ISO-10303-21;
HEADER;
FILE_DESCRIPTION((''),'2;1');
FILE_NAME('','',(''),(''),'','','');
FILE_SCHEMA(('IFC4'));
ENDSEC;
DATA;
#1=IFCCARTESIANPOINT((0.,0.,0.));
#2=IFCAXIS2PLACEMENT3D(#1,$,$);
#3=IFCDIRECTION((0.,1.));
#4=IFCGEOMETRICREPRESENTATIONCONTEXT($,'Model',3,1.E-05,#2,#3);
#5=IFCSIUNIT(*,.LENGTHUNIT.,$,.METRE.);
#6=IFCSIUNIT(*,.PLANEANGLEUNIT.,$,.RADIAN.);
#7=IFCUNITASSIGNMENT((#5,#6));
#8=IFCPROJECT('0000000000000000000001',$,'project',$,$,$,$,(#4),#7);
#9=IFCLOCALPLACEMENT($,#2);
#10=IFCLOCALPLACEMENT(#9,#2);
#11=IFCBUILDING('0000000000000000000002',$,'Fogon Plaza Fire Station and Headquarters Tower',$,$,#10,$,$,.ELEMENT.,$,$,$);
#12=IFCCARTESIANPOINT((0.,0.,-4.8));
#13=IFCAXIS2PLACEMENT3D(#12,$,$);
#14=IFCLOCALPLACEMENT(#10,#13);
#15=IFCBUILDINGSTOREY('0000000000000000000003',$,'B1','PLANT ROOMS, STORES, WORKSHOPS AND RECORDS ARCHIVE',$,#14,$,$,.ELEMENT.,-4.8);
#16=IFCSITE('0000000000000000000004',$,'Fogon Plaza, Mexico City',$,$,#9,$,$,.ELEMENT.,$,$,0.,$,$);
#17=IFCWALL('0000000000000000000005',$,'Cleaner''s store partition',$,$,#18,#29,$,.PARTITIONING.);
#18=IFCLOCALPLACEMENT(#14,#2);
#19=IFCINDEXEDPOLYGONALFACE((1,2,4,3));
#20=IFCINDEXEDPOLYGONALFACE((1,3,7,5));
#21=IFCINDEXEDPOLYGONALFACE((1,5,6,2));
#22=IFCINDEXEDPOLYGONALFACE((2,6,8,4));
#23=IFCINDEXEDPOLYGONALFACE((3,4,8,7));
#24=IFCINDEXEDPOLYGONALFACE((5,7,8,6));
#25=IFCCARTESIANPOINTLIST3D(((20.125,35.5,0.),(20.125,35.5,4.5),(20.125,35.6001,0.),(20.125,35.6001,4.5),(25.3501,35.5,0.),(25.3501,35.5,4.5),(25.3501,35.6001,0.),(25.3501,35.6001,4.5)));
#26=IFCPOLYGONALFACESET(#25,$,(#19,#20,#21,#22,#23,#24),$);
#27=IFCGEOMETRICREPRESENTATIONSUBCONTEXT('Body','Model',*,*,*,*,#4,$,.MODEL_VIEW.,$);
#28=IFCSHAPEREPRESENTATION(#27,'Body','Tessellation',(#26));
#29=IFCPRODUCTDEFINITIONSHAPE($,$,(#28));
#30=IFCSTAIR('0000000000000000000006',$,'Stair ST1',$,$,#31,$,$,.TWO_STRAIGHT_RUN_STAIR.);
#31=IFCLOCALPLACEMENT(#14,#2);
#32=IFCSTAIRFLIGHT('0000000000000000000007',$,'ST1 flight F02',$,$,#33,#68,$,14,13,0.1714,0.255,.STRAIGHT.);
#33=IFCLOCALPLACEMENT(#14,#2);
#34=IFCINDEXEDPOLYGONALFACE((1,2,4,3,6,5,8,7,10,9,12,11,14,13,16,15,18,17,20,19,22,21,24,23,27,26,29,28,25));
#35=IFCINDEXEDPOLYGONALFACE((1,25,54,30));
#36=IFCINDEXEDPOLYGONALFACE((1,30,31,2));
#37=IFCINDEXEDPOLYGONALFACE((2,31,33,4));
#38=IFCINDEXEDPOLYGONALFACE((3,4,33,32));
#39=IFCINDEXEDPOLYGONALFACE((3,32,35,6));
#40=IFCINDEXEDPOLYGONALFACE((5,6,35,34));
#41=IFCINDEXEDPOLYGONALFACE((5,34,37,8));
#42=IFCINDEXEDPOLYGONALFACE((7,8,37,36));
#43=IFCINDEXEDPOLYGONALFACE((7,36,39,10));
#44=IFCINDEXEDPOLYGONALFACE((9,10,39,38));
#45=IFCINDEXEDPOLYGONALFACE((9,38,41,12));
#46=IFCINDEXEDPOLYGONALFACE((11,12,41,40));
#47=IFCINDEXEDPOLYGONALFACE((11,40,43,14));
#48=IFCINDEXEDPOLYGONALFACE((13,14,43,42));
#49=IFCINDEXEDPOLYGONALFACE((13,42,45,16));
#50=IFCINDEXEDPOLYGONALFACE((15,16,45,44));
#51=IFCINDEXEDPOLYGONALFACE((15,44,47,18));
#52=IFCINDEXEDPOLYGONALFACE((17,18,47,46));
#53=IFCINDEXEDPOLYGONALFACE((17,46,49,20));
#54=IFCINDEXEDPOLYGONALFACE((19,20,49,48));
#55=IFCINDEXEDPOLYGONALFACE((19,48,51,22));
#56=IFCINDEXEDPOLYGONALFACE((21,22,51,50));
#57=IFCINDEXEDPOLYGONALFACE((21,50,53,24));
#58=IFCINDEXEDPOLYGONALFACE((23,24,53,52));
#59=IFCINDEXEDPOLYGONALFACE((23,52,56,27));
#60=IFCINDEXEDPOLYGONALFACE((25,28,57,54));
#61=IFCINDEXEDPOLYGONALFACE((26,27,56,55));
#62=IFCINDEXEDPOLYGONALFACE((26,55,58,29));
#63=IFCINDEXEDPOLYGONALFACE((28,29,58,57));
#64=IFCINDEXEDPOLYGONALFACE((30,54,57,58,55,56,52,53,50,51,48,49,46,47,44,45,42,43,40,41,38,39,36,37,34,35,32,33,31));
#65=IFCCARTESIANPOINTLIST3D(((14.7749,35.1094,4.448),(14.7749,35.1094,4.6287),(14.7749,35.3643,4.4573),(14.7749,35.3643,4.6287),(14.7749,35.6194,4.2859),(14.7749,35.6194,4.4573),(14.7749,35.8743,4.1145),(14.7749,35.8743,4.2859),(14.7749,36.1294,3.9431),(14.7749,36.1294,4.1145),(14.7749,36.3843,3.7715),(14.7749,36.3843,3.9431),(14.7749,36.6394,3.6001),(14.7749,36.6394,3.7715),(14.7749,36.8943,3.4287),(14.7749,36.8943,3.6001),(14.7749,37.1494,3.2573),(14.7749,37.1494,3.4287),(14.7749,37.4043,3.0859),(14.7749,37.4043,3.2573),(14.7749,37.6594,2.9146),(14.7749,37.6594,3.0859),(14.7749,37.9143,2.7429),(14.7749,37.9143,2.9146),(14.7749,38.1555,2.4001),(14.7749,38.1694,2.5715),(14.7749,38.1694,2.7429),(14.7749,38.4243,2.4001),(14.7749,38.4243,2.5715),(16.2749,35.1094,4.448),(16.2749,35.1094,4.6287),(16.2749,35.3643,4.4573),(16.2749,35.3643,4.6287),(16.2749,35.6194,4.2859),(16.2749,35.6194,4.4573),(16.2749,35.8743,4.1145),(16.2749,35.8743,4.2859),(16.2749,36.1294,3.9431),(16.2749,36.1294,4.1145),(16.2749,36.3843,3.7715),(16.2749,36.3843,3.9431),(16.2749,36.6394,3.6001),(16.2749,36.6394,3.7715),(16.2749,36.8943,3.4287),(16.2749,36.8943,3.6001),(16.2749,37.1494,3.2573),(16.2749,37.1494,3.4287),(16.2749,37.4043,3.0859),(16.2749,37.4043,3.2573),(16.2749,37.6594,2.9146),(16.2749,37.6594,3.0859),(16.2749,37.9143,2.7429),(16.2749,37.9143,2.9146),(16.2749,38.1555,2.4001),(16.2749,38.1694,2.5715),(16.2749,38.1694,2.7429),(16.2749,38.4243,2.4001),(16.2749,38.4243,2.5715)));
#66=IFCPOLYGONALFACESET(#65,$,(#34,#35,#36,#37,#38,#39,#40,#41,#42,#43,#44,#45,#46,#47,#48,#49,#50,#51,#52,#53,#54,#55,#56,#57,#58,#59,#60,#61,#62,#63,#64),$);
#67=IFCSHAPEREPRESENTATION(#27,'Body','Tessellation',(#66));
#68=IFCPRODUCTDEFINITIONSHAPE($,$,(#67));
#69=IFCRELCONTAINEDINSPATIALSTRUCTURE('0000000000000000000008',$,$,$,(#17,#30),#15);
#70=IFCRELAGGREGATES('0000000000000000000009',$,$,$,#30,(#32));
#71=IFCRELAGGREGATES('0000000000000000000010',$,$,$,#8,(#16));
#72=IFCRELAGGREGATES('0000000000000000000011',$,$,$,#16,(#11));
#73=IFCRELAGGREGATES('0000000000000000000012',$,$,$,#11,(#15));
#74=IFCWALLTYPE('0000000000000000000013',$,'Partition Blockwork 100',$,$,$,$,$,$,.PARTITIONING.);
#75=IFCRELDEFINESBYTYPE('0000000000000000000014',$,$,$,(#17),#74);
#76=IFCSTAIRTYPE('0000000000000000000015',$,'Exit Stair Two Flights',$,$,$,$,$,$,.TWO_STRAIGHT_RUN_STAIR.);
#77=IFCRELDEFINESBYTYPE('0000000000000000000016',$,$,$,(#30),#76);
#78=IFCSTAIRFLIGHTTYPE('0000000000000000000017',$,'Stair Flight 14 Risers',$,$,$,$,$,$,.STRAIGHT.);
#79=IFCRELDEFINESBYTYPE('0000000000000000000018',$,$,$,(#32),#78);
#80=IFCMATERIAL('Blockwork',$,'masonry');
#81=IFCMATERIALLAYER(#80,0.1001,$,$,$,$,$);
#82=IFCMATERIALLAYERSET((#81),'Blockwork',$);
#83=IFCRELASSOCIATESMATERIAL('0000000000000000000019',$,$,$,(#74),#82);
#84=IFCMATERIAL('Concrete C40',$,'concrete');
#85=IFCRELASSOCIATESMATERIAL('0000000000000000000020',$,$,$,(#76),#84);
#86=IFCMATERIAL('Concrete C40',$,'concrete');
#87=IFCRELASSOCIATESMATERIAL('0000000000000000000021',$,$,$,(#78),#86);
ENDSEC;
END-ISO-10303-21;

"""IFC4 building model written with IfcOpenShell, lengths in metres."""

from ifc_helpers import new_model, si_unit, direction, frame, frame_2d, origin, place, context, subcontext, project, spatial, polyline, rectangle, outline, extrude, material, layer, layer_set, type_object, element, aggregate, save


model = new_model("IFC4")

# Units and contexts
model_context = context("Model", 3, precision=1e-05, world=origin(), true_north=direction((0.0, 1.0)))
body_context = subcontext(model_context, "Body", "Model", "MODEL_VIEW")
ifc_project = project(units=[si_unit("LENGTHUNIT", "METRE"), si_unit("PLANEANGLEUNIT", "RADIAN")], contexts=[model_context])

# Site, building, storey
site_placement = place(None, origin())
site = spatial("IfcSite", under=ifc_project, at=site_placement, Name="Fogon Plaza, Mexico City", CompositionType="ELEMENT", RefElevation=0.0)
building_placement = place(site_placement, origin())
building = spatial("IfcBuilding", under=site, at=building_placement, Name="Fogon Plaza Fire Station and Headquarters Tower", CompositionType="ELEMENT")
storey_placement = place(building_placement, frame((0.0, 0.0, -4.8)))
storey = spatial("IfcBuildingStorey", under=building, at=storey_placement, Name="B1", Description="PLANT ROOMS, STORES, WORKSHOPS AND RECORDS ARCHIVE", CompositionType="ELEMENT", Elevation=-4.8)

# Wall
ifc_material_1 = material(Name="Blockwork", Category="masonry")
ifc_layer_1 = layer(ifc_material_1, 0.1001)
ifc_layer_set_1 = layer_set([ifc_layer_1], Name="Blockwork")
wall_type_1 = type_object("IfcWallType", Name="Partition Blockwork 100", PredefinedType="PARTITIONING", material=ifc_layer_set_1)
wall_1_placement = place(storey_placement, frame((20.125, 35.55, 0.0), z_axis=(0.0, 0.0, 1.0), x_axis=(1.0, 0.0, 0.0)))
element("IfcWall", 1, at=wall_1_placement, inside=storey, type_object=wall_type_1, Name="Cleaner's store partition", PredefinedType="PARTITIONING", context=body_context, shape_type="SweptSolid", body=[
    extrude(rectangle(XDim=5.2251, YDim=0.1001, at=frame_2d((2.6125, 0.0))), origin(), (0.0, 0.0, 1.0), 4.5),
])

# Stair, stair flight
ifc_material_2 = material(Name="Concrete C40", Category="concrete")
stair_type = type_object("IfcStairType", Name="Exit Stair Two Flights", PredefinedType="TWO_STRAIGHT_RUN_STAIR", material=ifc_material_2)
stair_placement = place(storey_placement, origin())
stair = element("IfcStair", 2, at=stair_placement, inside=storey, type_object=stair_type, Name="Stair ST1", PredefinedType="TWO_STRAIGHT_RUN_STAIR")
ifc_material_3 = material(Name="Concrete C40", Category="concrete")
stair_flight_type = type_object("IfcStairFlightType", Name="Stair Flight 14 Risers", PredefinedType="STRAIGHT", material=ifc_material_3)
stair_flight_placement = place(storey_placement, frame((15.5249, 38.4243, 2.4001), z_axis=(0.0, 0.0, 1.0), x_axis=(0.0, -1.0, 0.0)))
stair_flight = element("IfcStairFlight", 3, at=stair_flight_placement, type_object=stair_flight_type, Name="ST1 flight F02", NumberOfRisers=14, NumberOfTreads=13, PredefinedType="STRAIGHT", RiserHeight=0.1714, TreadLength=0.255, context=body_context, shape_type="SweptSolid", body=[
    extrude(outline(polyline([(0.0, 0.0), (0.0, 0.1714), (0.2549, 0.1714), (0.2549, 0.3428), (0.51, 0.3428), (0.51, 0.5144), (0.7649, 0.5144), (0.7649, 0.6858), (1.02, 0.6858), (1.02, 0.8572), (1.2749, 0.8572), (1.2749, 1.0286), (1.53, 1.0286), (1.53, 1.2), (1.7849, 1.2), (1.7849, 1.3713), (2.04, 1.3713), (2.04, 1.543), (2.2949, 1.543), (2.2949, 1.7144), (2.55, 1.7144), (2.55, 1.8857), (2.8049, 1.8857), (2.8049, 2.0571), (3.0601, 2.0571), (3.0601, 2.2285), (3.3149, 2.2285), (3.3149, 2.3999), (3.3149, 2.0479), (0.2688, 0.0), (0.0, 0.0)])), frame((0.0, 0.75, 0.0), z_axis=(0.0, -1.0, 0.0), x_axis=(1.0, 0.0, 0.0)), (0.0, 0.0, 1.0), 1.5),
])
aggregate(stair, [stair_flight])

save(model, "model.ifc")
